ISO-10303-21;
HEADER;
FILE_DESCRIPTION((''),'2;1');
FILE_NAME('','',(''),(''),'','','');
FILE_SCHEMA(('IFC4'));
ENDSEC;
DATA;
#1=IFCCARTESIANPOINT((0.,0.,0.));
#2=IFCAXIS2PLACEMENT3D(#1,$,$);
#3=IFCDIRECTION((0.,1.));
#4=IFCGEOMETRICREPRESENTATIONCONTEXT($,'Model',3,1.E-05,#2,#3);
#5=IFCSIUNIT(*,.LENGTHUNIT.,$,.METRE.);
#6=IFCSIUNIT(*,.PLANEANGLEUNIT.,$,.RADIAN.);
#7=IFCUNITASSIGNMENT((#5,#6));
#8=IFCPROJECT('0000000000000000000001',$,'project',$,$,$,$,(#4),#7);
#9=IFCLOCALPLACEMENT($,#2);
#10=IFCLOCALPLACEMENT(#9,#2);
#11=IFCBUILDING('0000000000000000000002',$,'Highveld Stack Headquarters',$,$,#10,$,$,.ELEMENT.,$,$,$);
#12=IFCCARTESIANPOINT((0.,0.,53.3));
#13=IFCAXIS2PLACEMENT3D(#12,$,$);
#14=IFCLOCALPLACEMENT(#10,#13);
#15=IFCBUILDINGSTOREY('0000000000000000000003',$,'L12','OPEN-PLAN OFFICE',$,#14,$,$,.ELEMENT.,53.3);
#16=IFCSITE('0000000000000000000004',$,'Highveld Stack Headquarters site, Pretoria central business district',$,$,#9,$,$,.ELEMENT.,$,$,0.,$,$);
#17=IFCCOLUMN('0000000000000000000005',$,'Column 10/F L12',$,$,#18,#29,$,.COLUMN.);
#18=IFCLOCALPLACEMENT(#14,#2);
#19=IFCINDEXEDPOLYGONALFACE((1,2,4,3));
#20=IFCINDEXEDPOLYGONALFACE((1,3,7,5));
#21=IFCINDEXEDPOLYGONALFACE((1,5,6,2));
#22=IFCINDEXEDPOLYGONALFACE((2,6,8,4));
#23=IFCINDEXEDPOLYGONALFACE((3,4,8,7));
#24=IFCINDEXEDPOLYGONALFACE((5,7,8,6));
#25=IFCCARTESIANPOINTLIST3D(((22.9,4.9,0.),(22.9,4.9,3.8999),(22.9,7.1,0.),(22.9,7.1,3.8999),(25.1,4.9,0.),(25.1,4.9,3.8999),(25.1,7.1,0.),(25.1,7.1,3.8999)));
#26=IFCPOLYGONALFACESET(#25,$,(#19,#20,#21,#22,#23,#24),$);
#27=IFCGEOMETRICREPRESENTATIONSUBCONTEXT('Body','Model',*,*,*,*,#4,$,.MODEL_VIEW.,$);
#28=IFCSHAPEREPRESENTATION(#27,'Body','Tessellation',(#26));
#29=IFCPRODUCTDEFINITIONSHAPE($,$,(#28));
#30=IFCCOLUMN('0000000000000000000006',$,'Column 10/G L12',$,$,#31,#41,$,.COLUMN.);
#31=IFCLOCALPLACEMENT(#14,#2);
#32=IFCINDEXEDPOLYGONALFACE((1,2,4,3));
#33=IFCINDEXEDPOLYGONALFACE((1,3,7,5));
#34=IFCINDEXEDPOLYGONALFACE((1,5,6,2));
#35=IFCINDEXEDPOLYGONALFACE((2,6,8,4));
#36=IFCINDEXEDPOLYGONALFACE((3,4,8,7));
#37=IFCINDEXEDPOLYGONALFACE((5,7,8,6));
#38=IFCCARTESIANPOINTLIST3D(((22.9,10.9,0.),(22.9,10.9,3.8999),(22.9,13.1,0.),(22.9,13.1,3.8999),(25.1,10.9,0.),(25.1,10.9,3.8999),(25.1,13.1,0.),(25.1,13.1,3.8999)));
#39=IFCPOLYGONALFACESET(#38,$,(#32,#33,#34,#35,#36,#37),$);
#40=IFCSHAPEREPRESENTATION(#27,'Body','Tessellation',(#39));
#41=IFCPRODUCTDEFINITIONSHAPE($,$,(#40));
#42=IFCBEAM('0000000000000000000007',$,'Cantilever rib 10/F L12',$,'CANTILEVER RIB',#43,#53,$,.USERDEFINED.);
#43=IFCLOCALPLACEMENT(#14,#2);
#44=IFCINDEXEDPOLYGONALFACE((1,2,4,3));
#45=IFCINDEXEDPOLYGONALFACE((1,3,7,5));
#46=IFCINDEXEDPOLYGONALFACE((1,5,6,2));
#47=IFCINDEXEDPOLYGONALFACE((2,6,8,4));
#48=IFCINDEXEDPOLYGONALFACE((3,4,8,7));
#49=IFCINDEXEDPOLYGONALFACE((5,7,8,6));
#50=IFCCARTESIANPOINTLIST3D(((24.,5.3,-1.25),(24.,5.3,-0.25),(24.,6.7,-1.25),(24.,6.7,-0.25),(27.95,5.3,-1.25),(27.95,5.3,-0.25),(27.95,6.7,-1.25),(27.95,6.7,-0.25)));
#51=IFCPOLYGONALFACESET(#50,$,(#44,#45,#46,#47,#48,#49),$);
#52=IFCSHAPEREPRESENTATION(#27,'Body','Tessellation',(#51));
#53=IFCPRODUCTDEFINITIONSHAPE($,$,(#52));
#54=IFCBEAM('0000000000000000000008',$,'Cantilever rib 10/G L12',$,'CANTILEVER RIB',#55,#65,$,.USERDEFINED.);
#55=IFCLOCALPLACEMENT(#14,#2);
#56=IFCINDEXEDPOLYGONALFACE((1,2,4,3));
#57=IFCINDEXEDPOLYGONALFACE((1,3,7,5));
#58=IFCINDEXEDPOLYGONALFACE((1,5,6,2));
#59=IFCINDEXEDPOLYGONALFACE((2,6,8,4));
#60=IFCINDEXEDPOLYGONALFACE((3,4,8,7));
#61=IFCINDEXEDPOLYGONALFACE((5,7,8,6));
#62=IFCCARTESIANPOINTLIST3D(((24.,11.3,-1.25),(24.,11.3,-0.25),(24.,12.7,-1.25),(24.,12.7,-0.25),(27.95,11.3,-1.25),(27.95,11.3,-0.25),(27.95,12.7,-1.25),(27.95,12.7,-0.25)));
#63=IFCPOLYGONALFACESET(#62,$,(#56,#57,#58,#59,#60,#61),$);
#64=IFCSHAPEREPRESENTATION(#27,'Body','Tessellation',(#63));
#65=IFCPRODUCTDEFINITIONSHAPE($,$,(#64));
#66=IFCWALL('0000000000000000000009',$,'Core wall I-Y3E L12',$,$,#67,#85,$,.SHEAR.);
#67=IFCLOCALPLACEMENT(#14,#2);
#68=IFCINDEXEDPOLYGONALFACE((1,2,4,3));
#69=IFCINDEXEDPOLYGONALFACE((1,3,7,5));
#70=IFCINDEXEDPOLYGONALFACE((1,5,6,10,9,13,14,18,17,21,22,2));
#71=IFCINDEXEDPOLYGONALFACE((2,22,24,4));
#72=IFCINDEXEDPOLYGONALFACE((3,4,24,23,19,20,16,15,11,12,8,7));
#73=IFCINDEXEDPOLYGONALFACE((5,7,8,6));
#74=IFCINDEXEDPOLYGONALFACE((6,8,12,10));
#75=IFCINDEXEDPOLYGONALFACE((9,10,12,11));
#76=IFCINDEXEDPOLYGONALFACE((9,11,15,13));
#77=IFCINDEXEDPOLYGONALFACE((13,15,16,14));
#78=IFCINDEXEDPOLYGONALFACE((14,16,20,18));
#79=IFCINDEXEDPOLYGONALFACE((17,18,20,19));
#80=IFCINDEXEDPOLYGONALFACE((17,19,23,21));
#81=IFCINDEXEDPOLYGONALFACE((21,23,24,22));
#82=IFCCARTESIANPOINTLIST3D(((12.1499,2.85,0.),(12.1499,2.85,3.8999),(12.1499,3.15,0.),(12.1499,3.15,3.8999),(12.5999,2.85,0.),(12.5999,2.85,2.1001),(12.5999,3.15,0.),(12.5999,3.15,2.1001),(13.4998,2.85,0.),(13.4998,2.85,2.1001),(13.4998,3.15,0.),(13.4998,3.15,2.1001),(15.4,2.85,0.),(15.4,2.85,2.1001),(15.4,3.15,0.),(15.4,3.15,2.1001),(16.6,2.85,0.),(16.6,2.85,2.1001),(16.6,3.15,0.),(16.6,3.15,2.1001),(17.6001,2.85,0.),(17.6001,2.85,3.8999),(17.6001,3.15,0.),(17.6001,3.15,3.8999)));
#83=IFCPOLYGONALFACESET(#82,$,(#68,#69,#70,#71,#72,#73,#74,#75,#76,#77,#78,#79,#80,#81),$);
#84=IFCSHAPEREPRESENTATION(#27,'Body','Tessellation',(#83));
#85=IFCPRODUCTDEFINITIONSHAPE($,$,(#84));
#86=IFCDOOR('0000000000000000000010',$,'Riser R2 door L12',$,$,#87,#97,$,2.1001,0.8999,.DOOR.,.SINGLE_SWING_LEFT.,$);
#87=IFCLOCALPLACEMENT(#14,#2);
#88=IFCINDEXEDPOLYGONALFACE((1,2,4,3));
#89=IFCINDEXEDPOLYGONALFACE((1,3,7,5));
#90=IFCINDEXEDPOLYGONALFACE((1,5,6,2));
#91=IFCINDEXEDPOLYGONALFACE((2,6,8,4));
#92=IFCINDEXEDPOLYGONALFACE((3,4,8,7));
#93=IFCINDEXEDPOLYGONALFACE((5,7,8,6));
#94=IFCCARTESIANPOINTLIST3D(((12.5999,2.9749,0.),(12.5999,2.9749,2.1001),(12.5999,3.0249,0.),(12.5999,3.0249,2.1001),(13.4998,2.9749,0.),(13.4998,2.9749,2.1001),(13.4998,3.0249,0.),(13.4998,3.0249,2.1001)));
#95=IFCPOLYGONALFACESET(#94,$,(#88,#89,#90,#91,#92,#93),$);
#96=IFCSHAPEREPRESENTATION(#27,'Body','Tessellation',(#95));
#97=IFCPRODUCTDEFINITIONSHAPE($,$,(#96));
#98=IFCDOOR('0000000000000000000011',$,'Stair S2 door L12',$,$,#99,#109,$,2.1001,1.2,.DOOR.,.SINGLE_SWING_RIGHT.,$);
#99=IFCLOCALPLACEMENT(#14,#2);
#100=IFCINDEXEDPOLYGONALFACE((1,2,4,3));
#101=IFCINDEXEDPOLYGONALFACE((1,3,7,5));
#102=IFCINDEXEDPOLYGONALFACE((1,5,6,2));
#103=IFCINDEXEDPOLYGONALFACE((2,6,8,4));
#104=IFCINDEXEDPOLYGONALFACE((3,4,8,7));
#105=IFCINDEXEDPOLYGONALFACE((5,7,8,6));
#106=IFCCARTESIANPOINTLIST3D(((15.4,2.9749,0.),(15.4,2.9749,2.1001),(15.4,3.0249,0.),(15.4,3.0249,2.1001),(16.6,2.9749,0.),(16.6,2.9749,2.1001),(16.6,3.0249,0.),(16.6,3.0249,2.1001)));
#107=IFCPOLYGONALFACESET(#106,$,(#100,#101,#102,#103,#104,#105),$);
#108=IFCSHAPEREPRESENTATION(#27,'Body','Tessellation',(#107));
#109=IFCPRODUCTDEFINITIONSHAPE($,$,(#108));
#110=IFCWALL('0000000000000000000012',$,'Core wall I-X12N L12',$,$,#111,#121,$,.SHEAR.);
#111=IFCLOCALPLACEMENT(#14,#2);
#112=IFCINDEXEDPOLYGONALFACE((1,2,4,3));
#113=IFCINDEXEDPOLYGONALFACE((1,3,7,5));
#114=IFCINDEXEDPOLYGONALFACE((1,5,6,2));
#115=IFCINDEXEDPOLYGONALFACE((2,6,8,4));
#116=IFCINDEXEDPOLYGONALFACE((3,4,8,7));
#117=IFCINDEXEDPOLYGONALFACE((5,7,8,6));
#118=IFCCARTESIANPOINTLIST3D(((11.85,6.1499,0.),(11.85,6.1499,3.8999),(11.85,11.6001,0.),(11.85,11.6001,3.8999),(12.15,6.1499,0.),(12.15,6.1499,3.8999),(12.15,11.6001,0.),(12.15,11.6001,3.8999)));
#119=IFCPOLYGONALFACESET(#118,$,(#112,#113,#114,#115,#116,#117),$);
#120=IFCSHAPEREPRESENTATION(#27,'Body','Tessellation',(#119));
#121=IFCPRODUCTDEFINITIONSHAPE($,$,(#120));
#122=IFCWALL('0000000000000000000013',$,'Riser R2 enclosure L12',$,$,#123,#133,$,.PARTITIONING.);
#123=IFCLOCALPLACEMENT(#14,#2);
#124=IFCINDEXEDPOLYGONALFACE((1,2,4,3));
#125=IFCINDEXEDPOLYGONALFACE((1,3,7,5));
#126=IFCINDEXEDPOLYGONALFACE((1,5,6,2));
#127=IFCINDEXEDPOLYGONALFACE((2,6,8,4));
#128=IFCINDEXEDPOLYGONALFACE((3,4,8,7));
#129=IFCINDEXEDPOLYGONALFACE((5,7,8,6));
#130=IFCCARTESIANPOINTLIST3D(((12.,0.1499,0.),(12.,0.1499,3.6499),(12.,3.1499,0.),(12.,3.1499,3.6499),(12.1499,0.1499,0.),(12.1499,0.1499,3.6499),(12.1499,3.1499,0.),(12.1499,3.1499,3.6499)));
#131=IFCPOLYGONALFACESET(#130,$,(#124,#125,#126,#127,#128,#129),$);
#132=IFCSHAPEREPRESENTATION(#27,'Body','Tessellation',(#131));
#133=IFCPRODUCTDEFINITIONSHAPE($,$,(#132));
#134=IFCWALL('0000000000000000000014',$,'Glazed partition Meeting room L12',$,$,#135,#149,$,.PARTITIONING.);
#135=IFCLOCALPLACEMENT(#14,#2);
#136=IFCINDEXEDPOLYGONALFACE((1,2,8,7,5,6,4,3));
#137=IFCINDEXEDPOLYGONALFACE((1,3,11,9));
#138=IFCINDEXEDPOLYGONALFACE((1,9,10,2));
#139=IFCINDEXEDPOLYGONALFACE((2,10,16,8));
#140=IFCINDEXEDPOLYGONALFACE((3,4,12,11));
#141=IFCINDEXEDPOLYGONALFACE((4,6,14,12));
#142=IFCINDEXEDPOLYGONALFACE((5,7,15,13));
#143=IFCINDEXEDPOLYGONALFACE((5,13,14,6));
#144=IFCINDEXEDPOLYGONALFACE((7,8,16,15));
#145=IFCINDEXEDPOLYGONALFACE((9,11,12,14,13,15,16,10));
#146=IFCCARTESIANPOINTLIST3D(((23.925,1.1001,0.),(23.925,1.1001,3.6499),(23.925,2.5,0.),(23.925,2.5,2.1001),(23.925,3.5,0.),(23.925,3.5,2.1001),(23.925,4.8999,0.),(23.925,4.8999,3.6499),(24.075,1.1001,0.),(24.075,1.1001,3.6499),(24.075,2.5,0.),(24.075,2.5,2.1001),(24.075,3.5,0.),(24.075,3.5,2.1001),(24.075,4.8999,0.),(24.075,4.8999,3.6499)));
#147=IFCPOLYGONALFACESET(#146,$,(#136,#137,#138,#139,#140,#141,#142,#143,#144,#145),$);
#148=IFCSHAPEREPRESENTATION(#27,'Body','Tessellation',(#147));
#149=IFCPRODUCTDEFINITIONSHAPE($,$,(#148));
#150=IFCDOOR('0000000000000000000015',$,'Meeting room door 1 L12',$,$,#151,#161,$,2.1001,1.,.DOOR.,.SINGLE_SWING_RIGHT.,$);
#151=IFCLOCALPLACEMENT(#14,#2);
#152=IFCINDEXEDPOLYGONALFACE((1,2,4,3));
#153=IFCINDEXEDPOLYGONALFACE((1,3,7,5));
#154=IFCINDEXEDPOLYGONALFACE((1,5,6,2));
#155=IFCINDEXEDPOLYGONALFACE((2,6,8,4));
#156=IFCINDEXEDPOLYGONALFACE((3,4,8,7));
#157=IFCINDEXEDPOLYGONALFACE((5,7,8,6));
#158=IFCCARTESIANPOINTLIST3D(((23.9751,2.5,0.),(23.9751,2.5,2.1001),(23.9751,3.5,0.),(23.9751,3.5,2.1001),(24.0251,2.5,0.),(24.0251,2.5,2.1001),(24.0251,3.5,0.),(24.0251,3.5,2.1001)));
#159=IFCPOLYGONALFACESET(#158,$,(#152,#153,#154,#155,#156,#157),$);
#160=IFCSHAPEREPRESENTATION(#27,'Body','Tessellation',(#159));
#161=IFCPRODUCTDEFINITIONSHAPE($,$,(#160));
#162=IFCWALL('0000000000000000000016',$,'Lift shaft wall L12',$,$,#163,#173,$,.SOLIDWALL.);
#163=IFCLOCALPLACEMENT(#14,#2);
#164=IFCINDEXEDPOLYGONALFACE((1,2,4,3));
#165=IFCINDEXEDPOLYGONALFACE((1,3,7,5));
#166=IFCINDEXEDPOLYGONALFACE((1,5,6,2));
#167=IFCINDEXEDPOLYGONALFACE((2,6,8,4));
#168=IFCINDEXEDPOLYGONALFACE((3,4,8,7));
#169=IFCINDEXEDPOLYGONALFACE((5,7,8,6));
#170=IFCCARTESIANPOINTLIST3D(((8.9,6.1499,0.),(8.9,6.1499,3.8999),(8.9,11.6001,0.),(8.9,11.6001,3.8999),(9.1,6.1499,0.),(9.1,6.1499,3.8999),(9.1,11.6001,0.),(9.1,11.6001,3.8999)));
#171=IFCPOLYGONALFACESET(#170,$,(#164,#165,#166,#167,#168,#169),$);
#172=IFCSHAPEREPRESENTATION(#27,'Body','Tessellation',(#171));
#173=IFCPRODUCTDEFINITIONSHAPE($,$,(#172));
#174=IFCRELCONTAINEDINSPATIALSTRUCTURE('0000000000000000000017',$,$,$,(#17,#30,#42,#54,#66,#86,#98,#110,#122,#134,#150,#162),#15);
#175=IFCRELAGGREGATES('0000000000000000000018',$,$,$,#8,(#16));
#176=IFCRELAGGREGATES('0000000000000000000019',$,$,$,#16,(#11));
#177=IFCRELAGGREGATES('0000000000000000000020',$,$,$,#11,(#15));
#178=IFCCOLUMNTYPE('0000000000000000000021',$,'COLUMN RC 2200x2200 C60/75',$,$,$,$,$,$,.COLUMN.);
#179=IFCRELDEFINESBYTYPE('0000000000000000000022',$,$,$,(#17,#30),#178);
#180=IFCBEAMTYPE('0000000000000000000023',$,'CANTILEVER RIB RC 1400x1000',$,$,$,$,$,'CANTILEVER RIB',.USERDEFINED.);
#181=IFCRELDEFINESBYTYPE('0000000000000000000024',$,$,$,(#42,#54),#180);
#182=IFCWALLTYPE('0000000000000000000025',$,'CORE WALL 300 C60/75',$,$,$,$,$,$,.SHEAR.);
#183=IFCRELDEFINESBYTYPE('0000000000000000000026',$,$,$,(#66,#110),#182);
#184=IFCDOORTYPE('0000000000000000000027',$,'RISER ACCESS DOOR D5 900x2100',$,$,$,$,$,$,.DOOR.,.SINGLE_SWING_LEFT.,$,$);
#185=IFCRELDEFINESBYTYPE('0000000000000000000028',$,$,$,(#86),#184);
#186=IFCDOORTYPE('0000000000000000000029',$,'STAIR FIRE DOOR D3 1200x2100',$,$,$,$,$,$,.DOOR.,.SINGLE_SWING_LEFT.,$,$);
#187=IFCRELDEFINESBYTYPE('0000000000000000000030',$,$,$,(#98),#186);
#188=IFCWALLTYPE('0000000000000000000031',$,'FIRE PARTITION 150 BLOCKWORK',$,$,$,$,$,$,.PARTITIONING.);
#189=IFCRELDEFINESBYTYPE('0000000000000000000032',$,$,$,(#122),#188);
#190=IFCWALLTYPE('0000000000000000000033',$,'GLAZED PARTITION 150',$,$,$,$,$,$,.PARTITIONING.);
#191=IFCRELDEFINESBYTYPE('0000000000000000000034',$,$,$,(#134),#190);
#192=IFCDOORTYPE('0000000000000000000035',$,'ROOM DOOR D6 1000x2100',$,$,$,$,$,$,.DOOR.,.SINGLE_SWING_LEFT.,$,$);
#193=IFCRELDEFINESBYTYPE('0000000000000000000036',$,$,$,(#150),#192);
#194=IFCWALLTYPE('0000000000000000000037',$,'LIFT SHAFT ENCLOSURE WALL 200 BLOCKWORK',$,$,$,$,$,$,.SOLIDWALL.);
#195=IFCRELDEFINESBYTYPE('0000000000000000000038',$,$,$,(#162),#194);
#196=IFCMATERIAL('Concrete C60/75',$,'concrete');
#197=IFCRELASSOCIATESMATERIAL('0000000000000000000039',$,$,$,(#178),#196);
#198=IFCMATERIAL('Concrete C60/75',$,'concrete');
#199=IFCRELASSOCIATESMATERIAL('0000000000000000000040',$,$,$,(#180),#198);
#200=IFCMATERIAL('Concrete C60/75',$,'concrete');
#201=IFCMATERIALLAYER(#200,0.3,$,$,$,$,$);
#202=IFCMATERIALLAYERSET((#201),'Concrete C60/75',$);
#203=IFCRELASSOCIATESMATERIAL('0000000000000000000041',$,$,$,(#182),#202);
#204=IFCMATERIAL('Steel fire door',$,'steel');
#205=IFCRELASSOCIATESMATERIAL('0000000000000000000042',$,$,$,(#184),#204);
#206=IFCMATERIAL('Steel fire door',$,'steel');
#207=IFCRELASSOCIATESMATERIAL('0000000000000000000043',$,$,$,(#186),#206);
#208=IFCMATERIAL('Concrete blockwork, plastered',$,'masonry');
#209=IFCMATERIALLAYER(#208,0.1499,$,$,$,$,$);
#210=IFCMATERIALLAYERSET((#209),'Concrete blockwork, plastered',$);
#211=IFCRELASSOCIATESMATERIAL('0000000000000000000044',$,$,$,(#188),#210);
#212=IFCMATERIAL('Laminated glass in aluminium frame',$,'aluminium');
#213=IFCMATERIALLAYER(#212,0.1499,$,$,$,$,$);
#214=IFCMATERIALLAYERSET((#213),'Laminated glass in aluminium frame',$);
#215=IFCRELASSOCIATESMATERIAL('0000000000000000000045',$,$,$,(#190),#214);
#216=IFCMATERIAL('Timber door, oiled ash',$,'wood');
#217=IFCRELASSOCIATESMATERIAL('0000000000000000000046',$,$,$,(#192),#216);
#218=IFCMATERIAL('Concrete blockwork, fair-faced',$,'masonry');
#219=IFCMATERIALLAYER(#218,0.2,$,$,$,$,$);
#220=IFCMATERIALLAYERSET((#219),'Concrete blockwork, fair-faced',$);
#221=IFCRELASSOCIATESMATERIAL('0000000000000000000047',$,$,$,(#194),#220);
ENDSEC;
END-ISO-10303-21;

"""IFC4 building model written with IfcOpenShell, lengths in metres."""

from ifc_helpers import new_model, si_unit, direction, frame, frame_2d, origin, origin_2d, place, context, subcontext, project, spatial, rectangle, extrude, material, layer, layer_set, material_profile, profile_set, type_object, element, fill, save


model = new_model("IFC4")

# Units and contexts
model_context = context("Model", 3, precision=1e-05, world=origin(), true_north=direction((0.0, 1.0)))
body_context = subcontext(model_context, "Body", "Model", "MODEL_VIEW")
ifc_project = project(units=[si_unit("LENGTHUNIT", "METRE"), si_unit("PLANEANGLEUNIT", "RADIAN")], contexts=[model_context])

# Site, building, storey
site_placement = place(None, origin())
site = spatial("IfcSite", under=ifc_project, at=site_placement, Name="Highveld Stack Headquarters site, Pretoria central business district", CompositionType="ELEMENT", RefElevation=0.0)
building_placement = place(site_placement, origin())
building = spatial("IfcBuilding", under=site, at=building_placement, Name="Highveld Stack Headquarters", CompositionType="ELEMENT")
storey_placement = place(building_placement, frame((0.0, 0.0, 53.3)))
storey = spatial("IfcBuildingStorey", under=building, at=storey_placement, Name="L12", Description="OPEN-PLAN OFFICE", CompositionType="ELEMENT", Elevation=53.3)

# Columns
ifc_material_1 = material(Name="Concrete C60/75", Category="concrete")
ifc_material_profile_1 = material_profile(ifc_material_1, rectangle(XDim=2.2, YDim=2.2, at=origin_2d()), Name="RC 2200x2200")
ifc_profile_set_1 = profile_set([ifc_material_profile_1], Name="Concrete C60/75")
column_type = type_object("IfcColumnType", Name="COLUMN RC 2200x2200 C60/75", PredefinedType="COLUMN", material=ifc_profile_set_1)
for number, where, z_axis, x_axis, name in (
    (1, (24.0, 6.0, 0.0), (0.0, 0.0, 1.0), (1.0, 0.0, 0.0), "Column 10/F L12"),
    (2, (24.0, 12.0, 0.0), (0.0, 0.0, 1.0), (1.0, 0.0, 0.0), "Column 10/G L12"),
):
    element("IfcColumn", number, at=place(storey_placement, frame(where, z_axis=z_axis, x_axis=x_axis)), inside=storey, type_object=column_type, Name=name, PredefinedType="COLUMN", context=body_context, shape_type="SweptSolid", body=[
        extrude(rectangle(XDim=2.2, YDim=2.2, at=origin_2d()), origin(), (0.0, 0.0, 1.0), 3.8999),
    ])

# Beams
ifc_material_2 = material(Name="Concrete C60/75", Category="concrete")
ifc_material_profile_2 = material_profile(ifc_material_2, rectangle(XDim=1.3999, YDim=1.0, at=origin_2d()), Name="RC 1400x1000")
ifc_profile_set_2 = profile_set([ifc_material_profile_2], Name="Concrete C60/75")
beam_type = type_object("IfcBeamType", Name="CANTILEVER RIB RC 1400x1000", ElementType="CANTILEVER RIB", PredefinedType="USERDEFINED", material=ifc_profile_set_2)
for number, where, z_axis, x_axis, name in (
    (3, (24.0, 6.0, -0.75), (1.0, 0.0, 0.0), (0.0, 1.0, 0.0), "Cantilever rib 10/F L12"),
    (4, (24.0, 12.0, -0.75), (1.0, 0.0, 0.0), (0.0, 1.0, 0.0), "Cantilever rib 10/G L12"),
):
    element("IfcBeam", number, at=place(storey_placement, frame(where, z_axis=z_axis, x_axis=x_axis)), inside=storey, type_object=beam_type, Name=name, ObjectType="CANTILEVER RIB", PredefinedType="USERDEFINED", context=body_context, shape_type="SweptSolid", body=[
        extrude(rectangle(XDim=1.3999, YDim=1.0, at=origin_2d()), origin(), (0.0, 0.0, 1.0), 3.95),
    ])

# Wall, openings, doors
ifc_material_3 = material(Name="Concrete C60/75", Category="concrete")
ifc_layer_1 = layer(ifc_material_3, 0.3)
ifc_layer_set_1 = layer_set([ifc_layer_1], Name="Concrete C60/75")
wall_type_1 = type_object("IfcWallType", Name="CORE WALL 300 C60/75", PredefinedType="SHEAR", material=ifc_layer_set_1)
wall_1_placement = place(storey_placement, frame((12.1499, 3.0, 0.0), z_axis=(0.0, 0.0, 1.0), x_axis=(1.0, 0.0, 0.0)))
wall_1 = element("IfcWall", 5, at=wall_1_placement, inside=storey, type_object=wall_type_1, Name="Core wall I-Y3E L12", PredefinedType="SHEAR", context=body_context, shape_type="SweptSolid", body=[
    extrude(rectangle(XDim=5.4502, YDim=0.3, at=frame_2d((2.7251, 0.0))), origin(), (0.0, 0.0, 1.0), 3.8999),
])
opening_1_placement = place(wall_1_placement, frame((3.25, 0.0, 0.0)))
opening_1 = element("IfcOpeningElement", 6, at=opening_1_placement, cuts=wall_1, PredefinedType="OPENING", context=body_context, shape_type="SweptSolid", body=[
    extrude(rectangle(XDim=1.2, YDim=2.1001, at=frame_2d((0.6001, 1.05))), frame((0.0, 0.1599, 0.0), z_axis=(0.0, -1.0, 0.0), x_axis=(1.0, 0.0, 0.0)), (0.0, 0.0, 1.0), 0.3201),
])
opening_2_placement = place(wall_1_placement, frame((0.45, 0.0, 0.0)))
opening_2 = element("IfcOpeningElement", 7, at=opening_2_placement, cuts=wall_1, PredefinedType="OPENING", context=body_context, shape_type="SweptSolid", body=[
    extrude(rectangle(XDim=0.8999, YDim=2.1001, at=frame_2d((0.45, 1.05))), frame((0.0, 0.1599, 0.0), z_axis=(0.0, -1.0, 0.0), x_axis=(1.0, 0.0, 0.0)), (0.0, 0.0, 1.0), 0.3201),
])
ifc_material_4 = material(Name="Steel fire door", Category="steel")
door_type_1 = type_object("IfcDoorType", Name="RISER ACCESS DOOR D5 900x2100", OperationType="SINGLE_SWING_LEFT", PredefinedType="DOOR", material=ifc_material_4)
door_1_placement = place(opening_2_placement, origin())
door_1 = element("IfcDoor", 8, at=door_1_placement, inside=storey, type_object=door_type_1, Name="Riser R2 door L12", OperationType="SINGLE_SWING_LEFT", OverallHeight=2.1001, OverallWidth=0.8999, PredefinedType="DOOR", context=body_context, shape_type="SweptSolid", body=[
    extrude(rectangle(XDim=0.8999, YDim=2.1001, at=frame_2d((0.45, 1.05))), frame((0.0, 0.0249, 0.0), z_axis=(0.0, -1.0, 0.0), x_axis=(1.0, 0.0, 0.0)), (0.0, 0.0, 1.0), 0.05),
])
fill(opening_2, door_1)
ifc_material_5 = material(Name="Steel fire door", Category="steel")
door_type_2 = type_object("IfcDoorType", Name="STAIR FIRE DOOR D3 1200x2100", OperationType="SINGLE_SWING_LEFT", PredefinedType="DOOR", material=ifc_material_5)
door_2_placement = place(opening_1_placement, origin())
door_2 = element("IfcDoor", 9, at=door_2_placement, inside=storey, type_object=door_type_2, Name="Stair S2 door L12", OperationType="SINGLE_SWING_RIGHT", OverallHeight=2.1001, OverallWidth=1.2, PredefinedType="DOOR", context=body_context, shape_type="SweptSolid", body=[
    extrude(rectangle(XDim=1.2, YDim=2.1001, at=frame_2d((0.6001, 1.05))), frame((0.0, 0.0249, 0.0), z_axis=(0.0, -1.0, 0.0), x_axis=(1.0, 0.0, 0.0)), (0.0, 0.0, 1.0), 0.05),
])
fill(opening_1, door_2)

# Walls
wall_2_placement = place(storey_placement, frame((12.0, 6.1499, 0.0), z_axis=(0.0, 0.0, 1.0), x_axis=(0.0, 1.0, 0.0)))
element("IfcWall", 10, at=wall_2_placement, inside=storey, type_object=wall_type_1, Name="Core wall I-X12N L12", PredefinedType="SHEAR", context=body_context, shape_type="SweptSolid", body=[
    extrude(rectangle(XDim=5.4502, YDim=0.3, at=frame_2d((2.7251, 0.0))), origin(), (0.0, 0.0, 1.0), 3.8999),
])
ifc_material_6 = material(Name="Concrete blockwork, plastered", Category="masonry")
ifc_layer_2 = layer(ifc_material_6, 0.1499)
ifc_layer_set_2 = layer_set([ifc_layer_2], Name="Concrete blockwork, plastered")
wall_type_2 = type_object("IfcWallType", Name="FIRE PARTITION 150 BLOCKWORK", PredefinedType="PARTITIONING", material=ifc_layer_set_2)
wall_3_placement = place(storey_placement, frame((12.075, 0.1499, 0.0), z_axis=(0.0, 0.0, 1.0), x_axis=(0.0, 1.0, 0.0)))
element("IfcWall", 11, at=wall_3_placement, inside=storey, type_object=wall_type_2, Name="Riser R2 enclosure L12", PredefinedType="PARTITIONING", context=body_context, shape_type="SweptSolid", body=[
    extrude(rectangle(XDim=3.0, YDim=0.1499, at=frame_2d((1.5, 0.0))), origin(), (0.0, 0.0, 1.0), 3.6499),
])

# Wall, opening, door
ifc_material_7 = material(Name="Laminated glass in aluminium frame", Category="aluminium")
ifc_layer_3 = layer(ifc_material_7, 0.1499)
ifc_layer_set_3 = layer_set([ifc_layer_3], Name="Laminated glass in aluminium frame")
wall_type_3 = type_object("IfcWallType", Name="GLAZED PARTITION 150", PredefinedType="PARTITIONING", material=ifc_layer_set_3)
wall_4_placement = place(storey_placement, frame((24.0, 1.1001, 0.0), z_axis=(0.0, 0.0, 1.0), x_axis=(0.0, 1.0, 0.0)))
wall_4 = element("IfcWall", 12, at=wall_4_placement, inside=storey, type_object=wall_type_3, Name="Glazed partition Meeting room L12", PredefinedType="PARTITIONING", context=body_context, shape_type="SweptSolid", body=[
    extrude(rectangle(XDim=3.7998, YDim=0.1499, at=frame_2d((1.8999, 0.0))), origin(), (0.0, 0.0, 1.0), 3.6499),
])
opening_3_placement = place(wall_4_placement, frame((1.3999, 0.0, 0.0)))
opening_3 = element("IfcOpeningElement", 13, at=opening_3_placement, cuts=wall_4, PredefinedType="OPENING", context=body_context, shape_type="SweptSolid", body=[
    extrude(rectangle(XDim=1.0, YDim=2.1001, at=frame_2d((0.5, 1.05))), frame((0.0, 0.085, 0.0), z_axis=(0.0, -1.0, 0.0), x_axis=(1.0, 0.0, 0.0)), (0.0, 0.0, 1.0), 0.1699),
])
ifc_material_8 = material(Name="Timber door, oiled ash", Category="wood")
door_type_3 = type_object("IfcDoorType", Name="ROOM DOOR D6 1000x2100", OperationType="SINGLE_SWING_LEFT", PredefinedType="DOOR", material=ifc_material_8)
door_3_placement = place(opening_3_placement, origin())
door_3 = element("IfcDoor", 14, at=door_3_placement, inside=storey, type_object=door_type_3, Name="Meeting room door 1 L12", OperationType="SINGLE_SWING_RIGHT", OverallHeight=2.1001, OverallWidth=1.0, PredefinedType="DOOR", context=body_context, shape_type="SweptSolid", body=[
    extrude(rectangle(XDim=1.0, YDim=2.1001, at=frame_2d((0.5, 1.05))), frame((0.0, 0.0249, 0.0), z_axis=(0.0, -1.0, 0.0), x_axis=(1.0, 0.0, 0.0)), (0.0, 0.0, 1.0), 0.05),
])
fill(opening_3, door_3)

# Wall
ifc_material_9 = material(Name="Concrete blockwork, fair-faced", Category="masonry")
ifc_layer_4 = layer(ifc_material_9, 0.2)
ifc_layer_set_4 = layer_set([ifc_layer_4], Name="Concrete blockwork, fair-faced")
wall_type_4 = type_object("IfcWallType", Name="LIFT SHAFT ENCLOSURE WALL 200 BLOCKWORK", PredefinedType="SOLIDWALL", material=ifc_layer_set_4)
wall_5_placement = place(storey_placement, frame((9.0, 6.1499, 0.0), z_axis=(0.0, 0.0, 1.0), x_axis=(0.0, 1.0, 0.0)))
element("IfcWall", 15, at=wall_5_placement, inside=storey, type_object=wall_type_4, Name="Lift shaft wall L12", PredefinedType="SOLIDWALL", context=body_context, shape_type="SweptSolid", body=[
    extrude(rectangle(XDim=5.4502, YDim=0.2, at=frame_2d((2.7251, 0.0))), origin(), (0.0, 0.0, 1.0), 3.8999),
])

save(model, "model.ifc")
